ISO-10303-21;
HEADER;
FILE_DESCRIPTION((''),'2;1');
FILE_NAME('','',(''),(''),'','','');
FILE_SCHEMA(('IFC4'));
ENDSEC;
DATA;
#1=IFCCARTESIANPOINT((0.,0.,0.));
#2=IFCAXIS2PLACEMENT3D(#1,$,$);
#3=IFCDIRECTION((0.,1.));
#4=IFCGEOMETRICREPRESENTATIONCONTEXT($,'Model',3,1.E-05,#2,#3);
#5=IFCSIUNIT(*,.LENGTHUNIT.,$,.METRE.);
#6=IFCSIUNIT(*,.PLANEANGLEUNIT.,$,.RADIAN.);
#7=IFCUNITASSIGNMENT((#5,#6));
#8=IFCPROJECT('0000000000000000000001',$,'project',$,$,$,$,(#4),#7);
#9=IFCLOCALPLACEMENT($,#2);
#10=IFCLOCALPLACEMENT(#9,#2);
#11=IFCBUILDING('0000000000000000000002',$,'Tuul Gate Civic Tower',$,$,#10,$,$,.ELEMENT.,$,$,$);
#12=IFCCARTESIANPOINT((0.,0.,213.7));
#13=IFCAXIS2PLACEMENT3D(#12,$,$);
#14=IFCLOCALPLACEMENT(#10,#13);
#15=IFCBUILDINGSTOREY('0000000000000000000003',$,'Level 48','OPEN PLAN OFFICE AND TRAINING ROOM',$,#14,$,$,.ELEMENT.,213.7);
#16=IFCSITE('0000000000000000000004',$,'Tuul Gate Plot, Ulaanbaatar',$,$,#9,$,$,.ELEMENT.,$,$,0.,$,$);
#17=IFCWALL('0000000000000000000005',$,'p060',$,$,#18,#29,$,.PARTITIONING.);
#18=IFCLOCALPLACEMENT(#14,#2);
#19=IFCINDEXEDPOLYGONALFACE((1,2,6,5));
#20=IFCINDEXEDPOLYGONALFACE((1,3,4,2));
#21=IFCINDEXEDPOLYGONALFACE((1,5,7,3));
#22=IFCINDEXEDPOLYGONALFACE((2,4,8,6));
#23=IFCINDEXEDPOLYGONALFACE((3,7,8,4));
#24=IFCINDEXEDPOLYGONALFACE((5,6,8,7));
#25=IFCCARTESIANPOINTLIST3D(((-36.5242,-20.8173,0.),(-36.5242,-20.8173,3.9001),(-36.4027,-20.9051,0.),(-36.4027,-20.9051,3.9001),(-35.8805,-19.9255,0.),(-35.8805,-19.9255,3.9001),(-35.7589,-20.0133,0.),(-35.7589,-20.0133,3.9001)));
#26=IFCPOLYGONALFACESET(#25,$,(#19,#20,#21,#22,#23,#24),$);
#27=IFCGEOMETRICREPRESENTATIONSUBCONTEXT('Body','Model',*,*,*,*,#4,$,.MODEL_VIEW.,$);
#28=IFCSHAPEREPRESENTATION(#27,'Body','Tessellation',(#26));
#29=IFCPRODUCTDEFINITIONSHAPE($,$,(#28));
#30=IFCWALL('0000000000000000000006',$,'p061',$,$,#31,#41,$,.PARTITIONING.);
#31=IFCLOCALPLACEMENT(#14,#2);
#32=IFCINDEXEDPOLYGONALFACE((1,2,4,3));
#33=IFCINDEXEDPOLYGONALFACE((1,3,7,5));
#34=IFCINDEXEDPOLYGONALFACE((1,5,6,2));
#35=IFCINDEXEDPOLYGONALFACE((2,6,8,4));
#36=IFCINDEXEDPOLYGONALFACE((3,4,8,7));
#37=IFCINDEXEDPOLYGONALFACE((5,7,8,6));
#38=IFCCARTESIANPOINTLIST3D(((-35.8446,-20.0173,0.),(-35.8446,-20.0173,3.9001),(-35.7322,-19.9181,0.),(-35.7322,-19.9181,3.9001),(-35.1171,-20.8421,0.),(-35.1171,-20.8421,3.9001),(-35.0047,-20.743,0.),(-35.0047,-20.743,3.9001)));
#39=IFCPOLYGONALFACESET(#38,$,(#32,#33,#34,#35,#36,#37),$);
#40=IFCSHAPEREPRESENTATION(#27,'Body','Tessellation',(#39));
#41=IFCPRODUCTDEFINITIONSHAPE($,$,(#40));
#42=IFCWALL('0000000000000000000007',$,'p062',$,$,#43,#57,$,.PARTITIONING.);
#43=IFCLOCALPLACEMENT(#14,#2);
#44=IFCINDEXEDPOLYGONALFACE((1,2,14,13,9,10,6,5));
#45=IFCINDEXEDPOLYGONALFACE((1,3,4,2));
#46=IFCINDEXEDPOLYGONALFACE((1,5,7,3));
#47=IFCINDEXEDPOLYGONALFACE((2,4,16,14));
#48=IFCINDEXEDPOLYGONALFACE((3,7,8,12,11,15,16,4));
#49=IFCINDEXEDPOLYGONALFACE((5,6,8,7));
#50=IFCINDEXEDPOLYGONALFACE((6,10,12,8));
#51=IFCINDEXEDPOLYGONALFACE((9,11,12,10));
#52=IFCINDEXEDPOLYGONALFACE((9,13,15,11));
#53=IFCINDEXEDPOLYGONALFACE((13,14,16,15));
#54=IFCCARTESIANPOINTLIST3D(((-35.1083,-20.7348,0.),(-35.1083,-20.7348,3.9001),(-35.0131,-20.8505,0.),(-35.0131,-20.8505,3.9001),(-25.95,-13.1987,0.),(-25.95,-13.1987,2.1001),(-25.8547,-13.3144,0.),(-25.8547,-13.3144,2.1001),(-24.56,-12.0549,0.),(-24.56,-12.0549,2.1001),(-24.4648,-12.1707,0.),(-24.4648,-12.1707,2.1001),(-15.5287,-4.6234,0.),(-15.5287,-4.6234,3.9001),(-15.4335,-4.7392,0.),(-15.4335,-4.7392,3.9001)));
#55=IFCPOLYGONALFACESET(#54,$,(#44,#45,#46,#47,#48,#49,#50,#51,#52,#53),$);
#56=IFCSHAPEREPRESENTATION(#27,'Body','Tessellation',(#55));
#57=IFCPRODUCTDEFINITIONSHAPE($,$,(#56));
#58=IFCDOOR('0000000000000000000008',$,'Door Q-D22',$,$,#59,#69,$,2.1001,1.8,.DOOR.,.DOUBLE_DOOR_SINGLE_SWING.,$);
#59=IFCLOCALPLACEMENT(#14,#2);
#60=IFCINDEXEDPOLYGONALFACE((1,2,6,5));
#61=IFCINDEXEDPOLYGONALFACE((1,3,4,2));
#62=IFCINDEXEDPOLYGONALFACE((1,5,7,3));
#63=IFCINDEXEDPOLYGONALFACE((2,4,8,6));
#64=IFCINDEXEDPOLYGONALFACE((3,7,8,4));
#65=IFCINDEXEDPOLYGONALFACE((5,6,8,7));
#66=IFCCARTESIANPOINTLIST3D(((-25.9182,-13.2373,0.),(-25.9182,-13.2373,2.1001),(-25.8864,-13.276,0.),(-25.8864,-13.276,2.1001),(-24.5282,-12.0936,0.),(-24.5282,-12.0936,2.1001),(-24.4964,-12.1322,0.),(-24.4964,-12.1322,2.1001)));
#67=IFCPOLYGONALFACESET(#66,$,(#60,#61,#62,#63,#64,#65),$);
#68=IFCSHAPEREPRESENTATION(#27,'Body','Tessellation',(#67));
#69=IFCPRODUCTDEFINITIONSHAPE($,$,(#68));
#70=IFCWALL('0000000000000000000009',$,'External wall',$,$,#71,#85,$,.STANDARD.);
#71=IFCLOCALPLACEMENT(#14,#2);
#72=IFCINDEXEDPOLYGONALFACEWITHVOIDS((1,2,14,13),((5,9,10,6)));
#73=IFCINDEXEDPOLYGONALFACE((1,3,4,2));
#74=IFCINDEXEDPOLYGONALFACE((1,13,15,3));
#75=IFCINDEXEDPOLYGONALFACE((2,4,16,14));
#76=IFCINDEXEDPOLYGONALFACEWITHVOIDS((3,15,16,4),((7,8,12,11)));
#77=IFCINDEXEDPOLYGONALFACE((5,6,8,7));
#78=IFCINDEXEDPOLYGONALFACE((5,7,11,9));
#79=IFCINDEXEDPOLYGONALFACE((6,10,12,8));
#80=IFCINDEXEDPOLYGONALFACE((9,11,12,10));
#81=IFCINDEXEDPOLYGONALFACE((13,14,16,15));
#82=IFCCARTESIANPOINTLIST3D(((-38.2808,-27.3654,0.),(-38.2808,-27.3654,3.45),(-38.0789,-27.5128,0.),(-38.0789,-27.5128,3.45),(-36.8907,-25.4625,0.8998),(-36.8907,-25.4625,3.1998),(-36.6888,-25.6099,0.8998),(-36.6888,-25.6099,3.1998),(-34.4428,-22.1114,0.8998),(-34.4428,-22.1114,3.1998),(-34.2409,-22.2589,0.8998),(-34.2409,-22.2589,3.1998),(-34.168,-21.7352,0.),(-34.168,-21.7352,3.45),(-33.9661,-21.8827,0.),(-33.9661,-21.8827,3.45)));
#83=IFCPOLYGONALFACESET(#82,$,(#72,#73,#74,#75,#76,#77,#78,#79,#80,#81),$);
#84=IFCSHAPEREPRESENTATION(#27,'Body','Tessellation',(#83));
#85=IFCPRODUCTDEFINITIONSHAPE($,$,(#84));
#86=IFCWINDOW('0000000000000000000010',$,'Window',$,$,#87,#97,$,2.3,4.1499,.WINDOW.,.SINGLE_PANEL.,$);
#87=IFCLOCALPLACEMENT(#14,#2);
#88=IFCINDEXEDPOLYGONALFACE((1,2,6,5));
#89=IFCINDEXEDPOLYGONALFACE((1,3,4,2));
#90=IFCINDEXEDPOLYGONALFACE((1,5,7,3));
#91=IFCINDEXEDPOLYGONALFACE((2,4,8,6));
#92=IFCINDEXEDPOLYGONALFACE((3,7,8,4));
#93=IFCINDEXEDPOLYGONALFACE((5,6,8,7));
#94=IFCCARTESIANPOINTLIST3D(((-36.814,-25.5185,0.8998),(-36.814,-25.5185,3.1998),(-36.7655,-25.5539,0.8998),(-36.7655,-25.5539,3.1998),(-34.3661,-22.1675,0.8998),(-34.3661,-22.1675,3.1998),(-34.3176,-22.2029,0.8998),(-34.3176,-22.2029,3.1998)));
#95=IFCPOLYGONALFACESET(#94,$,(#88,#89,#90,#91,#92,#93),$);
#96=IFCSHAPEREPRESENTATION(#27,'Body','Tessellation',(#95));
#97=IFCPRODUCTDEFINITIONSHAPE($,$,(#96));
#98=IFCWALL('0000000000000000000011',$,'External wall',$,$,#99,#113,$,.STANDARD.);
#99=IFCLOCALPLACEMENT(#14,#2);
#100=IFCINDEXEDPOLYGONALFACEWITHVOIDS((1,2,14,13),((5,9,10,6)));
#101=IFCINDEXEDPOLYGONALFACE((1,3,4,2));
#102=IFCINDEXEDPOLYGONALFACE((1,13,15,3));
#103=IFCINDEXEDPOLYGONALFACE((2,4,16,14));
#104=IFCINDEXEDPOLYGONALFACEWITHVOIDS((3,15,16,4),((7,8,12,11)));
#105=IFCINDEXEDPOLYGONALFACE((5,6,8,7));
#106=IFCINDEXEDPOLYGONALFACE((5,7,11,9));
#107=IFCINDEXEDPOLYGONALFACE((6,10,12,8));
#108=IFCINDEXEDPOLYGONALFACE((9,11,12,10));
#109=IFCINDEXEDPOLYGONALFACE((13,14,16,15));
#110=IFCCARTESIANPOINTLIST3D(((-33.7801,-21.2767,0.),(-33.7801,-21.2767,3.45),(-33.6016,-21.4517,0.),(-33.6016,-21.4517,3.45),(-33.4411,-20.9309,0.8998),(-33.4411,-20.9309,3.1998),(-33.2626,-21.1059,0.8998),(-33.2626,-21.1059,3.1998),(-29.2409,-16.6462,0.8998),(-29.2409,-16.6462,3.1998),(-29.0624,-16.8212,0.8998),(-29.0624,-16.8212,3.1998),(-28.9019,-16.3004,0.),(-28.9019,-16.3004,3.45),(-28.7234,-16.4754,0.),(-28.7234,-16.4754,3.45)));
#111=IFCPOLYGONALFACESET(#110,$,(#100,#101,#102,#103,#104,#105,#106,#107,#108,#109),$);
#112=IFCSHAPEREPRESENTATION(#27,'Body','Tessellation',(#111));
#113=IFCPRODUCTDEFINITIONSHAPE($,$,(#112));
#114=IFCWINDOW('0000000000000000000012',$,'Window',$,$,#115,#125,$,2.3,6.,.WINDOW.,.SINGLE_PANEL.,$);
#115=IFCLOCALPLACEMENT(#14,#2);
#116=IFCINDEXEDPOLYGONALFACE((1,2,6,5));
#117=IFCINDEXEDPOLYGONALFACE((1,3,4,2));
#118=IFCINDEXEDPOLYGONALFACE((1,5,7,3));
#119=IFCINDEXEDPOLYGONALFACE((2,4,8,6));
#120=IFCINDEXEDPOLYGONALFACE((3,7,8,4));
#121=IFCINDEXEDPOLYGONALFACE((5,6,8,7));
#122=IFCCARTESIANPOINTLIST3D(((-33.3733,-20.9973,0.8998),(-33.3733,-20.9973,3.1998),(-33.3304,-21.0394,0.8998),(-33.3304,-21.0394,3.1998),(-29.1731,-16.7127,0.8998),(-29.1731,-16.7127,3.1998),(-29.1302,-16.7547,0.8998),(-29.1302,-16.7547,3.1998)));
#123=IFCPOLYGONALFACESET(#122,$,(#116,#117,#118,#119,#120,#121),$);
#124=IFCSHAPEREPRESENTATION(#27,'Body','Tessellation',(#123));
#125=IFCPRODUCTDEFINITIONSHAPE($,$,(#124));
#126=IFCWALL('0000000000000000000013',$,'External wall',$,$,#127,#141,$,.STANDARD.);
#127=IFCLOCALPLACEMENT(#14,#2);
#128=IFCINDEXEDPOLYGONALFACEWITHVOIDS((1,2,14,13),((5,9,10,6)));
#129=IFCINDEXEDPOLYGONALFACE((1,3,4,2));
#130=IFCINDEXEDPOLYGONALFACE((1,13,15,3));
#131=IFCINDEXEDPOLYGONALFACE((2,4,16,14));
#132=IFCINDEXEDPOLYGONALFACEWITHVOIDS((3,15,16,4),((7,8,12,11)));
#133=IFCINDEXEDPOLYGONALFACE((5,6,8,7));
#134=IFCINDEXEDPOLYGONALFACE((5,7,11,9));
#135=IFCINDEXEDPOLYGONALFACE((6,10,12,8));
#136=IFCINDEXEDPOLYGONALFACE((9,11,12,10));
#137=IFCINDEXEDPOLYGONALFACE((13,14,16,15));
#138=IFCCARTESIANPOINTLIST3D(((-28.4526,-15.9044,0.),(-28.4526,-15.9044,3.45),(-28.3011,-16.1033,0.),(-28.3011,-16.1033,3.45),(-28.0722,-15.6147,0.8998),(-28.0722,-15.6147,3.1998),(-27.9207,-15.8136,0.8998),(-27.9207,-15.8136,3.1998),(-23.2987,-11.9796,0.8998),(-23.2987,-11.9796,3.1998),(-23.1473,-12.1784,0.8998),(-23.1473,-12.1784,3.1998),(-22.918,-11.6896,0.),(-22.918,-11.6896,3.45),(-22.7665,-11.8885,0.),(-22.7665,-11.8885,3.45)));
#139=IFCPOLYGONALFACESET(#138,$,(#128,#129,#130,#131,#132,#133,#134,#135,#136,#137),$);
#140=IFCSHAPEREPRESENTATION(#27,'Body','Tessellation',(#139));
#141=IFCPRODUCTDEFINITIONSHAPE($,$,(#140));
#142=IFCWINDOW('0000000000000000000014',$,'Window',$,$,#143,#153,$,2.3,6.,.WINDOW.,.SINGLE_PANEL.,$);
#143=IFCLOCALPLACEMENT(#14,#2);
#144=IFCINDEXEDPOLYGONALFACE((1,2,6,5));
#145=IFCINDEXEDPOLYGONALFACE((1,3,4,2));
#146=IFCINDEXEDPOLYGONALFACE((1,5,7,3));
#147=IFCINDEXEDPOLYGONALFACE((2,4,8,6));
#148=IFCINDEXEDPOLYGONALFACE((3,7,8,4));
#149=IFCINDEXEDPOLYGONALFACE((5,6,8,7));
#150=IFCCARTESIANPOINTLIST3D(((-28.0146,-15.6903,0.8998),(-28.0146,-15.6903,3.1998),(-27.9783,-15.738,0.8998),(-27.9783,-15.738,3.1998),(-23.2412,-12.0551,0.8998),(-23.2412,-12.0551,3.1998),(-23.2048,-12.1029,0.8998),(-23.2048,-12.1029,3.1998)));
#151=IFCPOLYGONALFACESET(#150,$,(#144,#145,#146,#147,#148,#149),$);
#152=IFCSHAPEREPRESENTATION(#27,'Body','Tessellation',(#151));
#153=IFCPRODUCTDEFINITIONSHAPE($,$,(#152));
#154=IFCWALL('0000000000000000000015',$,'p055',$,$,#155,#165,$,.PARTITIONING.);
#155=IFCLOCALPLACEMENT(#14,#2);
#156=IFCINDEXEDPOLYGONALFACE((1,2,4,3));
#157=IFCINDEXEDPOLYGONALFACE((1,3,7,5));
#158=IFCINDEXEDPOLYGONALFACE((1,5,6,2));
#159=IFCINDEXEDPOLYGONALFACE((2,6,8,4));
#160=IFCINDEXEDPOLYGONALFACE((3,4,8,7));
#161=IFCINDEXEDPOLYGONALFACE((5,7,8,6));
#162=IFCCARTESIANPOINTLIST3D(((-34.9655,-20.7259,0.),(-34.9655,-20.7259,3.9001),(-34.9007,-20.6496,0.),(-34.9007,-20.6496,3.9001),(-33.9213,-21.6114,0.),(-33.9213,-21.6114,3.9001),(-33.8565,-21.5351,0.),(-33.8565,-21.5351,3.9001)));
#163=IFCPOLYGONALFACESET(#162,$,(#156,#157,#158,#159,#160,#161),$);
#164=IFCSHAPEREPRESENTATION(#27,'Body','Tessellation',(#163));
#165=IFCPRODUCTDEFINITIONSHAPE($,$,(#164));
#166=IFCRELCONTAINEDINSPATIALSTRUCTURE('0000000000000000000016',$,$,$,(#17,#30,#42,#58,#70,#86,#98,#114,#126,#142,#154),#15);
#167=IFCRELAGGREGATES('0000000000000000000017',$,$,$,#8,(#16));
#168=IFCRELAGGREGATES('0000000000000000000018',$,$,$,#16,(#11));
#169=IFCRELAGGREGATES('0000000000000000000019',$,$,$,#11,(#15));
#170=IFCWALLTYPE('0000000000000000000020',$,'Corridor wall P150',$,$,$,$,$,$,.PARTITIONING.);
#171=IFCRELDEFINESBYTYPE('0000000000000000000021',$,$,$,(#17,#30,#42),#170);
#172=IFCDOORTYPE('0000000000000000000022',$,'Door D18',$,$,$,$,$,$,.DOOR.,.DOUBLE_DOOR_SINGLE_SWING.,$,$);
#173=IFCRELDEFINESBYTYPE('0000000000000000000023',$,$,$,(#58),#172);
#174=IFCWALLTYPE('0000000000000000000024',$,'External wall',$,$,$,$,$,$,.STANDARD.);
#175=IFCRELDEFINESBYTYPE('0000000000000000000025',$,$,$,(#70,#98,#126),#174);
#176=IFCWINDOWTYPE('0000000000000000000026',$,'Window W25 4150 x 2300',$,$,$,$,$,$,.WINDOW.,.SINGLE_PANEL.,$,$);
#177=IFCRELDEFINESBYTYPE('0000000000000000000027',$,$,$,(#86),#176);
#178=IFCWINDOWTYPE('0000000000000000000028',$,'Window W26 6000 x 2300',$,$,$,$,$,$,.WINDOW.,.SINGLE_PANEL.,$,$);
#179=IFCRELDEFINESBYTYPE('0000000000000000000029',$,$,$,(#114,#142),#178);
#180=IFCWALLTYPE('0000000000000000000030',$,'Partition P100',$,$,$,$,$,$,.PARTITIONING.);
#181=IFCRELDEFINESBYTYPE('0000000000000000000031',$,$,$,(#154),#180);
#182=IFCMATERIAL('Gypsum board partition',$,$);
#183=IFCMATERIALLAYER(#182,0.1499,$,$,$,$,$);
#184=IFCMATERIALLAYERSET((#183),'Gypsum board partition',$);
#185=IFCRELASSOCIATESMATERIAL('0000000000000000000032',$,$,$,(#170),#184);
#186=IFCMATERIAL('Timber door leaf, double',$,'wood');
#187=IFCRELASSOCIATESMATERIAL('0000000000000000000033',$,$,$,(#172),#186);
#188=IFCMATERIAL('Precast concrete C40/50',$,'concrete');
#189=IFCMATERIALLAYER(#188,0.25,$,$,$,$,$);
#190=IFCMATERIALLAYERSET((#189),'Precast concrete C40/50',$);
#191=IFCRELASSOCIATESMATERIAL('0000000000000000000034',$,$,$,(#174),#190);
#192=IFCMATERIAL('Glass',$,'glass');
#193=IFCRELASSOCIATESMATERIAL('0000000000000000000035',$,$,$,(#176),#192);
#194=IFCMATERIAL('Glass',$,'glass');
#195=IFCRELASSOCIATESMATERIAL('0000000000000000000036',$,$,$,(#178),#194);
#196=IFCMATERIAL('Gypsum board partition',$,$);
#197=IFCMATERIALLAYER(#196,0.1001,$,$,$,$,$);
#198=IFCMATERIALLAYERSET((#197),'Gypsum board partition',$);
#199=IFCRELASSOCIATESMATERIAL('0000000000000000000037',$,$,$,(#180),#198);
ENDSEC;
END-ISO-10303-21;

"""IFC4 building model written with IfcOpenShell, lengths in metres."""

from ifc_helpers import new_model, si_unit, direction, frame, frame_2d, origin, place, context, subcontext, project, spatial, rectangle, extrude, material, layer, layer_set, type_object, element, fill, save


model = new_model("IFC4")

# Units and contexts
model_context = context("Model", 3, precision=1e-05, world=origin(), true_north=direction((0.0, 1.0)))
body_context = subcontext(model_context, "Body", "Model", "MODEL_VIEW")
ifc_project = project(units=[si_unit("LENGTHUNIT", "METRE"), si_unit("PLANEANGLEUNIT", "RADIAN")], contexts=[model_context])

# Site, building, storey
site_placement = place(None, origin())
site = spatial("IfcSite", under=ifc_project, at=site_placement, Name="Tuul Gate Plot, Ulaanbaatar", CompositionType="ELEMENT", RefElevation=0.0)
building_placement = place(site_placement, origin())
building = spatial("IfcBuilding", under=site, at=building_placement, Name="Tuul Gate Civic Tower", CompositionType="ELEMENT")
storey_placement = place(building_placement, frame((0.0, 0.0, 213.7)))
storey = spatial("IfcBuildingStorey", under=building, at=storey_placement, Name="Level 48", Description="OPEN PLAN OFFICE AND TRAINING ROOM", CompositionType="ELEMENT", Elevation=213.7)

# Walls
ifc_material_1 = material(Name="Gypsum board partition")
ifc_layer_1 = layer(ifc_material_1, 0.1499)
ifc_layer_set_1 = layer_set([ifc_layer_1], Name="Gypsum board partition")
wall_type_1 = type_object("IfcWallType", Name="Corridor wall P150", PredefinedType="PARTITIONING", material=ifc_layer_set_1)
for number, where, z_axis, x_axis, name in (
    (1, (-36.4634, -20.8611, 0.0), (0.0, 0.0, 1.0), (0.585304, 0.810814, 0.0), "p060"),
    (2, (-35.7883, -19.9678, 0.0), (0.0, 0.0, 1.0), (0.661438, -0.75, 0.0), "p061"),
):
    element("IfcWall", number, at=place(storey_placement, frame(where, z_axis=z_axis, x_axis=x_axis)), inside=storey, type_object=wall_type_1, Name=name, PredefinedType="PARTITIONING", context=body_context, shape_type="SweptSolid", body=[
        extrude(rectangle(XDim=1.0999, YDim=0.1499, at=frame_2d((0.5498, 0.0))), origin(), (0.0, 0.0, 1.0), 3.9001),
    ])

# Wall, opening, door
wall_1_placement = place(storey_placement, frame((-35.0608, -20.7927, 0.0), z_axis=(0.0, 0.0, 1.0), x_axis=(0.772183, 0.635401, 0.0)))
wall_1 = element("IfcWall", 3, at=wall_1_placement, inside=storey, type_object=wall_type_1, Name="p062", PredefinedType="PARTITIONING", context=body_context, shape_type="SweptSolid", body=[
    extrude(rectangle(XDim=25.3562, YDim=0.1499, at=frame_2d((12.6782, 0.0))), origin(), (0.0, 0.0, 1.0), 3.9001),
])
opening_1_placement = place(wall_1_placement, frame((11.8606, 0.0, 0.0)))
opening_1 = element("IfcOpeningElement", 4, at=opening_1_placement, cuts=wall_1, PredefinedType="OPENING", context=body_context, shape_type="SweptSolid", body=[
    extrude(rectangle(XDim=1.8, YDim=2.1001, at=frame_2d((0.8999, 1.05))), frame((0.0, 0.085, 0.0), z_axis=(0.0, -1.0, 0.0), x_axis=(1.0, 0.0, 0.0)), (0.0, 0.0, 1.0), 0.1699),
])
ifc_material_2 = material(Name="Timber door leaf, double", Category="wood")
door_type_1 = type_object("IfcDoorType", Name="Door D18", OperationType="DOUBLE_DOOR_SINGLE_SWING", PredefinedType="DOOR", material=ifc_material_2)
door_1_placement = place(opening_1_placement, origin())
door_1 = element("IfcDoor", 5, at=door_1_placement, inside=storey, type_object=door_type_1, Name="Door Q-D22", OperationType="DOUBLE_DOOR_SINGLE_SWING", OverallHeight=2.1001, OverallWidth=1.8, PredefinedType="DOOR", context=body_context, shape_type="SweptSolid", body=[
    extrude(rectangle(XDim=1.8, YDim=2.1001, at=frame_2d((0.8999, 1.05))), frame((0.0, 0.0249, 0.0), z_axis=(0.0, -1.0, 0.0), x_axis=(1.0, 0.0, 0.0)), (0.0, 0.0, 1.0), 0.05),
])
fill(opening_1, door_1)

# Walls, openings, windows
ifc_material_3 = material(Name="Precast concrete C40/50", Category="concrete")
ifc_layer_2 = layer(ifc_material_3, 0.25)
ifc_layer_set_2 = layer_set([ifc_layer_2], Name="Precast concrete C40/50")
wall_type_2 = type_object("IfcWallType", Name="External wall", PredefinedType="STANDARD", material=ifc_layer_set_2)
wall_2_placement = place(storey_placement, frame((-38.1799, -27.4392, 0.0), z_axis=(0.0, 0.0, 1.0), x_axis=(0.589873, 0.807496, 0.0)))
wall_2 = element("IfcWall", 6, at=wall_2_placement, inside=storey, type_object=wall_type_2, Name="External wall", PredefinedType="STANDARD", context=body_context, shape_type="SweptSolid", body=[
    extrude(rectangle(XDim=6.9724, YDim=0.25, at=frame_2d((3.4863, 0.0))), origin(), (0.0, 0.0, 1.0), 3.45),
])
opening_2_placement = place(wall_2_placement, frame((2.3567, 0.0, 0.8999)))
opening_2 = element("IfcOpeningElement", 7, at=opening_2_placement, cuts=wall_2, PredefinedType="OPENING", context=body_context, shape_type="SweptSolid", body=[
    extrude(rectangle(XDim=4.1499, YDim=2.3, at=frame_2d((2.075, 1.1499))), frame((0.0, 0.135, 0.0), z_axis=(0.0, -1.0, 0.0), x_axis=(1.0, 0.0, 0.0)), (0.0, 0.0, 1.0), 0.27),
])
ifc_material_4 = material(Name="Glass", Category="glass")
window_type_1 = type_object("IfcWindowType", Name="Window W25 4150 x 2300", PartitioningType="SINGLE_PANEL", PredefinedType="WINDOW", material=ifc_material_4)
window_1_placement = place(opening_2_placement, origin())
window_1 = element("IfcWindow", 8, at=window_1_placement, inside=storey, type_object=window_type_1, Name="Window", OverallHeight=2.3, OverallWidth=4.1499, PartitioningType="SINGLE_PANEL", PredefinedType="WINDOW", context=body_context, shape_type="SweptSolid", body=[
    extrude(rectangle(XDim=4.1499, YDim=2.3, at=frame_2d((2.075, 1.1499))), frame((0.0, 0.03, 0.0), z_axis=(0.0, -1.0, 0.0), x_axis=(1.0, 0.0, 0.0)), (0.0, 0.0, 1.0), 0.0601),
])
fill(opening_2, window_1)
wall_3_placement = place(storey_placement, frame((-33.6909, -21.3643, 0.0), z_axis=(0.0, 0.0, 1.0), x_axis=(0.70003, 0.714114, 0.0)))
wall_3 = element("IfcWall", 9, at=wall_3_placement, inside=storey, type_object=wall_type_2, Name="External wall", PredefinedType="STANDARD", context=body_context, shape_type="SweptSolid", body=[
    extrude(rectangle(XDim=6.9685, YDim=0.25, at=frame_2d((3.4844, 0.0))), origin(), (0.0, 0.0, 1.0), 3.45),
])
opening_3_placement = place(wall_3_placement, frame((0.4844, 0.0, 0.8999)))
opening_3 = element("IfcOpeningElement", 10, at=opening_3_placement, cuts=wall_3, PredefinedType="OPENING", context=body_context, shape_type="SweptSolid", body=[
    extrude(rectangle(XDim=6.0, YDim=2.3, at=frame_2d((3.0, 1.1499))), frame((0.0, 0.135, 0.0), z_axis=(0.0, -1.0, 0.0), x_axis=(1.0, 0.0, 0.0)), (0.0, 0.0, 1.0), 0.27),
])
ifc_material_5 = material(Name="Glass", Category="glass")
window_type_2 = type_object("IfcWindowType", Name="Window W26 6000 x 2300", PartitioningType="SINGLE_PANEL", PredefinedType="WINDOW", material=ifc_material_5)
window_2_placement = place(opening_3_placement, origin())
window_2 = element("IfcWindow", 11, at=window_2_placement, inside=storey, type_object=window_type_2, Name="Window", OverallHeight=2.3, OverallWidth=6.0, PartitioningType="SINGLE_PANEL", PredefinedType="WINDOW", context=body_context, shape_type="SweptSolid", body=[
    extrude(rectangle(XDim=6.0, YDim=2.3, at=frame_2d((3.0, 1.1499))), frame((0.0, 0.03, 0.0), z_axis=(0.0, -1.0, 0.0), x_axis=(1.0, 0.0, 0.0)), (0.0, 0.0, 1.0), 0.0601),
])
fill(opening_3, window_2)
wall_4_placement = place(storey_placement, frame((-28.377, -16.0039, 0.0), z_axis=(0.0, 0.0, 1.0), x_axis=(0.795573, 0.605857, 0.0)))
wall_4 = element("IfcWall", 12, at=wall_4_placement, inside=storey, type_object=wall_type_2, Name="External wall", PredefinedType="STANDARD", context=body_context, shape_type="SweptSolid", body=[
    extrude(rectangle(XDim=6.9568, YDim=0.25, at=frame_2d((3.4785, 0.0))), origin(), (0.0, 0.0, 1.0), 3.45),
])
opening_4_placement = place(wall_4_placement, frame((0.4783, 0.0, 0.8999)))
opening_4 = element("IfcOpeningElement", 13, at=opening_4_placement, cuts=wall_4, PredefinedType="OPENING", context=body_context, shape_type="SweptSolid", body=[
    extrude(rectangle(XDim=6.0, YDim=2.3, at=frame_2d((3.0, 1.1499))), frame((0.0, 0.135, 0.0), z_axis=(0.0, -1.0, 0.0), x_axis=(1.0, 0.0, 0.0)), (0.0, 0.0, 1.0), 0.27),
])
window_3_placement = place(opening_4_placement, origin())
window_3 = element("IfcWindow", 14, at=window_3_placement, inside=storey, type_object=window_type_2, Name="Window", OverallHeight=2.3, OverallWidth=6.0, PartitioningType="SINGLE_PANEL", PredefinedType="WINDOW", context=body_context, shape_type="SweptSolid", body=[
    extrude(rectangle(XDim=6.0, YDim=2.3, at=frame_2d((3.0, 1.1499))), frame((0.0, 0.03, 0.0), z_axis=(0.0, -1.0, 0.0), x_axis=(1.0, 0.0, 0.0)), (0.0, 0.0, 1.0), 0.0601),
])
fill(opening_4, window_3)

# Wall
ifc_material_6 = material(Name="Gypsum board partition")
ifc_layer_3 = layer(ifc_material_6, 0.1001)
ifc_layer_set_3 = layer_set([ifc_layer_3], Name="Gypsum board partition")
wall_type_3 = type_object("IfcWallType", Name="Partition P100", PredefinedType="PARTITIONING", material=ifc_layer_set_3)
wall_5_placement = place(storey_placement, frame((-34.9331, -20.6877, 0.0), z_axis=(0.0, 0.0, 1.0), x_axis=(0.762682, -0.646773, 0.0)))
element("IfcWall", 15, at=wall_5_placement, inside=storey, type_object=wall_type_3, Name="p055", PredefinedType="PARTITIONING", context=body_context, shape_type="SweptSolid", body=[
    extrude(rectangle(XDim=1.3691, YDim=0.1001, at=frame_2d((0.6846, 0.0))), origin(), (0.0, 0.0, 1.0), 3.9001),
])

save(model, "model.ifc")
